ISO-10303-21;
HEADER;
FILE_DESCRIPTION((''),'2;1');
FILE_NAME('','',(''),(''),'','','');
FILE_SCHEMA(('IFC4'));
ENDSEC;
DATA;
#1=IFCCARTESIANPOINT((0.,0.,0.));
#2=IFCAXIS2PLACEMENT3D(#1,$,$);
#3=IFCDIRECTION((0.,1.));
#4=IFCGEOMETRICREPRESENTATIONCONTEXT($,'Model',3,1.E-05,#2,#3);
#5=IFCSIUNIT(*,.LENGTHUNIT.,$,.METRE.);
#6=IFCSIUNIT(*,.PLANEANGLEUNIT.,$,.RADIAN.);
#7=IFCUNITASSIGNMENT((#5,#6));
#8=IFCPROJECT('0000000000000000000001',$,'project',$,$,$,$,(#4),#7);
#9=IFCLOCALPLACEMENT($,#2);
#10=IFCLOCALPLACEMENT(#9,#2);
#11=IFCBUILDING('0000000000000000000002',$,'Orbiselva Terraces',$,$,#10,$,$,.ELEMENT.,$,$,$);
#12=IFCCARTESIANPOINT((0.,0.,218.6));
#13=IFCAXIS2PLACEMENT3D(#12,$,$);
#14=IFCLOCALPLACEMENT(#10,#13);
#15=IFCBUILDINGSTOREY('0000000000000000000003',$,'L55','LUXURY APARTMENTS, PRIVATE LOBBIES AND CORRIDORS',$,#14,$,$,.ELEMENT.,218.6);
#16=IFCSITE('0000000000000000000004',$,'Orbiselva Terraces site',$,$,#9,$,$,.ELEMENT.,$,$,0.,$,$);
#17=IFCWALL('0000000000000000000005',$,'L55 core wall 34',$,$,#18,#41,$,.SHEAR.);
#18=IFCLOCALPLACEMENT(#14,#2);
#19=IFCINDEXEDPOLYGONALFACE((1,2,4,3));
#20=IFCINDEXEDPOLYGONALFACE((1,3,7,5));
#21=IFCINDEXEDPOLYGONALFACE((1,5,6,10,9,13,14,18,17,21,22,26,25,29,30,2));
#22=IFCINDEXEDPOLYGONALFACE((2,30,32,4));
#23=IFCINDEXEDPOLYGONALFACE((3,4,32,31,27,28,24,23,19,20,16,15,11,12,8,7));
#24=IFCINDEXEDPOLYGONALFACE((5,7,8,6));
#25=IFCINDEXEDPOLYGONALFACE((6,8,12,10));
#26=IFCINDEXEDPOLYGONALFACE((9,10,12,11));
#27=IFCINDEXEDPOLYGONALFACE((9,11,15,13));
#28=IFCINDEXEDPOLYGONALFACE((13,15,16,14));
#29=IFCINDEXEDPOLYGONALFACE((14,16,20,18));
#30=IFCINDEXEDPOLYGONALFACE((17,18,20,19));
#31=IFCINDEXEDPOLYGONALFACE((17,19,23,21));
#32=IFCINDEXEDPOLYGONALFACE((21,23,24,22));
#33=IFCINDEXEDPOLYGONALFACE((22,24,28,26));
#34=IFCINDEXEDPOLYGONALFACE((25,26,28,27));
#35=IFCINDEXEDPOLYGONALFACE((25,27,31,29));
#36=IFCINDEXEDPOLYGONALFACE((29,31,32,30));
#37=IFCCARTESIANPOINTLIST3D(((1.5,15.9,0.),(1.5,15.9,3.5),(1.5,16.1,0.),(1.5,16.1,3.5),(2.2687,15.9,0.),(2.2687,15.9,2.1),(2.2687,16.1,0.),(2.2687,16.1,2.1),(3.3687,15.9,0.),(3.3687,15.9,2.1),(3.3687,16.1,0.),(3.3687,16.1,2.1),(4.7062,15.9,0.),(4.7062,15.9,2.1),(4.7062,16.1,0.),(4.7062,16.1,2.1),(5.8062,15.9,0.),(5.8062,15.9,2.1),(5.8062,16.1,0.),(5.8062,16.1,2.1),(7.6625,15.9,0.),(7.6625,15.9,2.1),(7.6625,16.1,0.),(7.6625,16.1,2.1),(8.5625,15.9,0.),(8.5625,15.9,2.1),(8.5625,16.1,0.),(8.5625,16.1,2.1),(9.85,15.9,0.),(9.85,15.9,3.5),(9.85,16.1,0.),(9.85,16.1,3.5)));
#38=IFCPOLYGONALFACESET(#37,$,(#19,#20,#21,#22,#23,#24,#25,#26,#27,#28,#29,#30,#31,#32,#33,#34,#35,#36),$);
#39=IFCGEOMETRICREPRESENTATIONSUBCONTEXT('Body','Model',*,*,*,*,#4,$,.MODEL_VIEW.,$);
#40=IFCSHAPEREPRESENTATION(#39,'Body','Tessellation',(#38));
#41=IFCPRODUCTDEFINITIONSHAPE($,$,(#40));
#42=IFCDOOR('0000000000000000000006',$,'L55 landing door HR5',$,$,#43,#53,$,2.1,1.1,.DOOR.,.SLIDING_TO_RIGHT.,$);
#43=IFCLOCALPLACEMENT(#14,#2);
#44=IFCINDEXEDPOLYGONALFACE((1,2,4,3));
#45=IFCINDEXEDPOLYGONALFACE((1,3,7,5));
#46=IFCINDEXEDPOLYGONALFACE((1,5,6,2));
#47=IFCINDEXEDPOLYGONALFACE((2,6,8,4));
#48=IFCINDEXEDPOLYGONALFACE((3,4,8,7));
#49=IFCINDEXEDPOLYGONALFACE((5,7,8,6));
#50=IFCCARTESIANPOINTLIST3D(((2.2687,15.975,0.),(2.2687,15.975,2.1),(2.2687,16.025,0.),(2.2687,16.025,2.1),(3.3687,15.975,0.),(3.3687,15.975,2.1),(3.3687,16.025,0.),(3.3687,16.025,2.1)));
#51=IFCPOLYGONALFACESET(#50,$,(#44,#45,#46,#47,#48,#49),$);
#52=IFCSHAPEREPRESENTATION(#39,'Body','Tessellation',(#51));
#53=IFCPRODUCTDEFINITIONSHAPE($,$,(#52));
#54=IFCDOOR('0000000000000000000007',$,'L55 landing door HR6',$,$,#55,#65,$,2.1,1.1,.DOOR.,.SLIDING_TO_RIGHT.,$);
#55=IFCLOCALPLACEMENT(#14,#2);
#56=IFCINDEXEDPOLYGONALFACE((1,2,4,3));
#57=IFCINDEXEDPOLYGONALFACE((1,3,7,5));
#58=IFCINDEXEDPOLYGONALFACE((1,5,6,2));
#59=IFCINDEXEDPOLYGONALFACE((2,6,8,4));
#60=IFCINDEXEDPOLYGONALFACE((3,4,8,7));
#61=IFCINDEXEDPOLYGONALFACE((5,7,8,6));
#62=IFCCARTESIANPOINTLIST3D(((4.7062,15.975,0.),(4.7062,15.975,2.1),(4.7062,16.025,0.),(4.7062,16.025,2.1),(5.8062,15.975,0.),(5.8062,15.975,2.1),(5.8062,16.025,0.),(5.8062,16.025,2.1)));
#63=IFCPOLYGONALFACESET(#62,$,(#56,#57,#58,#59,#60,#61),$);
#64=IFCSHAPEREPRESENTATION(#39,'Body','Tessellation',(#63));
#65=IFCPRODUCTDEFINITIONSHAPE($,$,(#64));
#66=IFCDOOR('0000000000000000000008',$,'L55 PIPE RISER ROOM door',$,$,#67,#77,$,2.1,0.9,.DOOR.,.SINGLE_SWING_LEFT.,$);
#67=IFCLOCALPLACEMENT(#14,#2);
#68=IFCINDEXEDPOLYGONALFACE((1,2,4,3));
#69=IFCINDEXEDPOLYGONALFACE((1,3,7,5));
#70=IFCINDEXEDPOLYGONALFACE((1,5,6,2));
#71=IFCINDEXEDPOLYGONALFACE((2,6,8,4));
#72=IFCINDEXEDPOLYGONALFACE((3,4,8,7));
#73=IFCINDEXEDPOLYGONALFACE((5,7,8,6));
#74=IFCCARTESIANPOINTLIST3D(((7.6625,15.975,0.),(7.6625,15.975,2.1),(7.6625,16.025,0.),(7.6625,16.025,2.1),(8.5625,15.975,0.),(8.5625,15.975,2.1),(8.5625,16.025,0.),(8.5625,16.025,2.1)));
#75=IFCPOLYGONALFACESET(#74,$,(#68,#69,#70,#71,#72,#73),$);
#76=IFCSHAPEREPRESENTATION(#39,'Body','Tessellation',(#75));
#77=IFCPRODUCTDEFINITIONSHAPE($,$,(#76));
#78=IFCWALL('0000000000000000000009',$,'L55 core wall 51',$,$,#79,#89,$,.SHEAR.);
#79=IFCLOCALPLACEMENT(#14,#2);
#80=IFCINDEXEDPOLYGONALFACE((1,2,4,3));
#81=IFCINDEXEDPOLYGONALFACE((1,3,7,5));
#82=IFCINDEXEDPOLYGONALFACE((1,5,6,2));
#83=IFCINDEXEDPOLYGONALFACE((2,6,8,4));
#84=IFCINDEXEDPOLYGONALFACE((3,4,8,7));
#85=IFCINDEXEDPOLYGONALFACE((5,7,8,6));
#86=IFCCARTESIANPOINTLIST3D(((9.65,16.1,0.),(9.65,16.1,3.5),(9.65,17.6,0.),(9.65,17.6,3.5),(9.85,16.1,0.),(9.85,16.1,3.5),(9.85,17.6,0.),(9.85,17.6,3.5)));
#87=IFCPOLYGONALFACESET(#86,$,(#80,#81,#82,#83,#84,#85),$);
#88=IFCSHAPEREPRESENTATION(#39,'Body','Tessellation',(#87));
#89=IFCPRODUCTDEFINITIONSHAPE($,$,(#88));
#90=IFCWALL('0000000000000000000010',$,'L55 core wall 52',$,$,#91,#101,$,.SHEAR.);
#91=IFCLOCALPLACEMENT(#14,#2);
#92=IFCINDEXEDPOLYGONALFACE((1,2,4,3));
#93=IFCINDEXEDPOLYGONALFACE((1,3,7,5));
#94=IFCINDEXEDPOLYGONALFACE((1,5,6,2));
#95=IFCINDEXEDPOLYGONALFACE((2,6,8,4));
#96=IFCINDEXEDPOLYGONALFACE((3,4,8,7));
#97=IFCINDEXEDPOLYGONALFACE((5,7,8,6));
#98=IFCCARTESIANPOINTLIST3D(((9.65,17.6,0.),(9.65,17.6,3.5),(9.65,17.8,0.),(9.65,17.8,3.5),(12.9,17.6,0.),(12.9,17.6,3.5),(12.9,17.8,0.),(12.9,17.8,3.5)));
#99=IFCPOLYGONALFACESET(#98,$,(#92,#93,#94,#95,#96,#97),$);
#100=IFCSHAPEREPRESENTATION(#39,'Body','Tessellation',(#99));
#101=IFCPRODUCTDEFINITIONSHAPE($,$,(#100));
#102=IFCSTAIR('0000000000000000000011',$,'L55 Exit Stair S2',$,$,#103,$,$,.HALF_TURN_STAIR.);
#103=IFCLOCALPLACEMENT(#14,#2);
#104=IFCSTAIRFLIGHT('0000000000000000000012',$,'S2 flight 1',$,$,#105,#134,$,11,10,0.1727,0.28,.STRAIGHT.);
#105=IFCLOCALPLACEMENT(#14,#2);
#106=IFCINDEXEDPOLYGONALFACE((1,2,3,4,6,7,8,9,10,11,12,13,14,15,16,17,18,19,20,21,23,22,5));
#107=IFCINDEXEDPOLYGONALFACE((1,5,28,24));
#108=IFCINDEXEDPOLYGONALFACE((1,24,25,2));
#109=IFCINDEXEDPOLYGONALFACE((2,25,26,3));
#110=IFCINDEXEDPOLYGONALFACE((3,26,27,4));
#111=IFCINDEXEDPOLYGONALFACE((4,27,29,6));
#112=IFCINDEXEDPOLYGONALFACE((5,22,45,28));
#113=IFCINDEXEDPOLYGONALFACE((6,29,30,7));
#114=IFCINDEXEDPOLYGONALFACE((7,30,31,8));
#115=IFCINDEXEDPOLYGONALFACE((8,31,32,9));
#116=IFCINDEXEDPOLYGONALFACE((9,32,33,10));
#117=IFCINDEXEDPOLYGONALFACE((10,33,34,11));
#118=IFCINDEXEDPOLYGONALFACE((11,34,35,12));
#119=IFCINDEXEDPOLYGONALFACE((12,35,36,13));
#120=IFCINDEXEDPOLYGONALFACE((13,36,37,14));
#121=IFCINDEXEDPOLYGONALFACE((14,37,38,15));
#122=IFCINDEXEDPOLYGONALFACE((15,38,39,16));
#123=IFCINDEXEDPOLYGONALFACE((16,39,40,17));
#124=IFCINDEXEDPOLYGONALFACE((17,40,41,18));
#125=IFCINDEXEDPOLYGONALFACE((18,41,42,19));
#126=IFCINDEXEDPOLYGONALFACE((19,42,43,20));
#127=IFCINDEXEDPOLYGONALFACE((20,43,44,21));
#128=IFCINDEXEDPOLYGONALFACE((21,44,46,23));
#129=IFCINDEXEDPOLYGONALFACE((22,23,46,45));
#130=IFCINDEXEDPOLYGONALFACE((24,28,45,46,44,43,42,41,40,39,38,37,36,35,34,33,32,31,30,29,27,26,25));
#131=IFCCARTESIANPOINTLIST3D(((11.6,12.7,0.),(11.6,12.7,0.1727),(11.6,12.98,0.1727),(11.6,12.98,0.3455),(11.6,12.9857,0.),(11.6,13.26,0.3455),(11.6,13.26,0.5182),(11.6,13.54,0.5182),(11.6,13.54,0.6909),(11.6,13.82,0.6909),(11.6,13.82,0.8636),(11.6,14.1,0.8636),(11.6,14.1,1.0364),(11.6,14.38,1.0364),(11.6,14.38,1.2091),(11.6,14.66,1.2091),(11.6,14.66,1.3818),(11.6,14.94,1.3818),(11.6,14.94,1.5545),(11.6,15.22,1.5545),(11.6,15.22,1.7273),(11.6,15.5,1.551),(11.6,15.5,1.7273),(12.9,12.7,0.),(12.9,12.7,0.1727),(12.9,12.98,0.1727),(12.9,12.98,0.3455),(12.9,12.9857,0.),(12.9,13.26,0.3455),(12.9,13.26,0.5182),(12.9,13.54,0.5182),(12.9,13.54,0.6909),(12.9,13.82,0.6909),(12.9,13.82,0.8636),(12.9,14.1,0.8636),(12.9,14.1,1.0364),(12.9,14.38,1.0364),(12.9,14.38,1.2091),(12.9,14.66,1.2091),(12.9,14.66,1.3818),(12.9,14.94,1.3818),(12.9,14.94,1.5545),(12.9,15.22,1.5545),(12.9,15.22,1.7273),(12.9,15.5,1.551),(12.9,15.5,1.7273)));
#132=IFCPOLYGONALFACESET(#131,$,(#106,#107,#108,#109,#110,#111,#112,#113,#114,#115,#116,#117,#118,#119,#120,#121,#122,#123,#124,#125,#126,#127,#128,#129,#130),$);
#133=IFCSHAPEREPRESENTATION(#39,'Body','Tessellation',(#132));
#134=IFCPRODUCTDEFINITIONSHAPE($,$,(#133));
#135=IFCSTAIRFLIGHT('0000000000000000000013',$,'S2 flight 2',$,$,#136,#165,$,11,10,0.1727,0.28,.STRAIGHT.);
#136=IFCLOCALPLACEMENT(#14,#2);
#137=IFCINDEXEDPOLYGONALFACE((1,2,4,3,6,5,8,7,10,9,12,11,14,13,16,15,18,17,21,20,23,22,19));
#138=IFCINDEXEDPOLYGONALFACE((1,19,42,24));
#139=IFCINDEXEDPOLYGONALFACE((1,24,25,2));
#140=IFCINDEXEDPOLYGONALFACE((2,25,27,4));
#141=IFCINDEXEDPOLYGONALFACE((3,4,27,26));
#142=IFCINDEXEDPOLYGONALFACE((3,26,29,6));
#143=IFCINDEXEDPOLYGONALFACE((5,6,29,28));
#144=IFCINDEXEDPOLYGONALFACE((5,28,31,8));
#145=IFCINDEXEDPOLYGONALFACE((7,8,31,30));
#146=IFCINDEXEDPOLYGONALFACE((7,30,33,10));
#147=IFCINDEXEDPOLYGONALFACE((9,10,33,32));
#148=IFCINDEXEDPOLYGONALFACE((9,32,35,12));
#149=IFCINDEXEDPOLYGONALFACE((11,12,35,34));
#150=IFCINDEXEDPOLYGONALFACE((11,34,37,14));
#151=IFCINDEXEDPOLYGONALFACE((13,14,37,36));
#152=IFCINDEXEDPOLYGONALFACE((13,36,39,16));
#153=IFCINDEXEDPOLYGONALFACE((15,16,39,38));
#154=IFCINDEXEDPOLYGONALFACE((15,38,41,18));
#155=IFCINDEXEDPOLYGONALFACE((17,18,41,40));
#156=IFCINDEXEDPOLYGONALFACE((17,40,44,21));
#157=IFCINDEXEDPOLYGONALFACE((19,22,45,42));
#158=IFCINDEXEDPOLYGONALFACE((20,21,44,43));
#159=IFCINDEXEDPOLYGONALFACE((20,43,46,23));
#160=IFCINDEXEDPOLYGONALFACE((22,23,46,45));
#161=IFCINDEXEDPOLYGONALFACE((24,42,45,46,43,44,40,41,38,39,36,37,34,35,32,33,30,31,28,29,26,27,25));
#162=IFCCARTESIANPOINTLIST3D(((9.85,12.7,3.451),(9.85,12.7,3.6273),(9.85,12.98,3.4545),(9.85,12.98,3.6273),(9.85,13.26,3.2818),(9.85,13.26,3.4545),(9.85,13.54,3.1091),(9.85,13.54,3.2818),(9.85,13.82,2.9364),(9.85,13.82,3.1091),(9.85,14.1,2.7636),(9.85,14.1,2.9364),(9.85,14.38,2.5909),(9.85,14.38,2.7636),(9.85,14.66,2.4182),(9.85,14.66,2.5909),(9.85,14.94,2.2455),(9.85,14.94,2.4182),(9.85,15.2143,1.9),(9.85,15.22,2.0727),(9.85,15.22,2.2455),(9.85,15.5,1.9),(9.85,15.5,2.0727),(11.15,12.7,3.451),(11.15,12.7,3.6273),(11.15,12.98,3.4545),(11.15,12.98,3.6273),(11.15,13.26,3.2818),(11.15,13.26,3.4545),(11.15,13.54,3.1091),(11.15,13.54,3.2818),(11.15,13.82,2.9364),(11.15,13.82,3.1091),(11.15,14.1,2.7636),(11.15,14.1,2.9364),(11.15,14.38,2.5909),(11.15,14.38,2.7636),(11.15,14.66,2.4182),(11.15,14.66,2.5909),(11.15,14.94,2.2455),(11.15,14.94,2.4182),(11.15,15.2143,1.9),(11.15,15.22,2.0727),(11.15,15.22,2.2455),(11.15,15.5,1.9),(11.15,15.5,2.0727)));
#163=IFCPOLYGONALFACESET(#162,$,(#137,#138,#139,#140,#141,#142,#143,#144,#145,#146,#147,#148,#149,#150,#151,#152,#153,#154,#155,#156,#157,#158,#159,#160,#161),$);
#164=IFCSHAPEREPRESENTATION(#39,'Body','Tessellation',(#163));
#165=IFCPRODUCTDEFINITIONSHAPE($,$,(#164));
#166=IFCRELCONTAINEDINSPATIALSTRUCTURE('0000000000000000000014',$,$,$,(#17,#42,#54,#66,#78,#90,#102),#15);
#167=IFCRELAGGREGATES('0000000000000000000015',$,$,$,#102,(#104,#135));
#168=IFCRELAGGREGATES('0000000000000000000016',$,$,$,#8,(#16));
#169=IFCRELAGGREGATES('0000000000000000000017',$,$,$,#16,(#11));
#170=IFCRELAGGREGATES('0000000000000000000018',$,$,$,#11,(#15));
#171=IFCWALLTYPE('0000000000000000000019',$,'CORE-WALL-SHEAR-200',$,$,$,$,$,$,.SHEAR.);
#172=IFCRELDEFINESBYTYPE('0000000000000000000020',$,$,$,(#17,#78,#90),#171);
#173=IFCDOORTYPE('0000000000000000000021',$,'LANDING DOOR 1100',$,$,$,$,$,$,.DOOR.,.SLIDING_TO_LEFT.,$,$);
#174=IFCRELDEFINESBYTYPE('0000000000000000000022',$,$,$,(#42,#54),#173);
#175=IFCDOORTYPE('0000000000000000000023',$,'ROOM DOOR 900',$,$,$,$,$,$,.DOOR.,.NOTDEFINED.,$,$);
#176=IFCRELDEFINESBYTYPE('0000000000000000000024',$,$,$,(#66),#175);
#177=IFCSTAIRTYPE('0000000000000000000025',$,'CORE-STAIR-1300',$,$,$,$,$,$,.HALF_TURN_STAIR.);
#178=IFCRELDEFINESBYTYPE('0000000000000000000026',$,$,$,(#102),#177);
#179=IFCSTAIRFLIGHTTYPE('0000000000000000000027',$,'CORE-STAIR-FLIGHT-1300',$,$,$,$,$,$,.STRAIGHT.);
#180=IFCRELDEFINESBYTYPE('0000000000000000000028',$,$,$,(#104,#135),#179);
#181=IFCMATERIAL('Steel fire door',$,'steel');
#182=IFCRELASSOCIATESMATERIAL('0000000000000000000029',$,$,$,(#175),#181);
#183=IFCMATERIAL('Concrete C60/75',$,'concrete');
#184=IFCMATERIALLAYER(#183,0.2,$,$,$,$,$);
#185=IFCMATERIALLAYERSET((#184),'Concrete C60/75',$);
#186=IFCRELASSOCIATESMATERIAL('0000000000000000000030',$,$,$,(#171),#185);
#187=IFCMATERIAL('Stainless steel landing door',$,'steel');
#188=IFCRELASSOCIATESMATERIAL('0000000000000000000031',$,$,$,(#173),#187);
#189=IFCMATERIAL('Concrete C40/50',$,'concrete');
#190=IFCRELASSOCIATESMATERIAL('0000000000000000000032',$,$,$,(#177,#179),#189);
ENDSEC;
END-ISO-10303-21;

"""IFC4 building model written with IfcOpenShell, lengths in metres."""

from ifc_helpers import new_model, si_unit, direction, frame, frame_2d, origin, place, context, subcontext, project, spatial, polyline, rectangle, outline, extrude, material, layer, layer_set, type_object, element, fill, aggregate, save


model = new_model("IFC4")

# Units and contexts
model_context = context("Model", 3, precision=1e-05, world=origin(), true_north=direction((0.0, 1.0)))
body_context = subcontext(model_context, "Body", "Model", "MODEL_VIEW")
ifc_project = project(units=[si_unit("LENGTHUNIT", "METRE"), si_unit("PLANEANGLEUNIT", "RADIAN")], contexts=[model_context])

# Site, building, storey
site_placement = place(None, origin())
site = spatial("IfcSite", under=ifc_project, at=site_placement, Name="Orbiselva Terraces site", CompositionType="ELEMENT", RefElevation=0.0)
building_placement = place(site_placement, origin())
building = spatial("IfcBuilding", under=site, at=building_placement, Name="Orbiselva Terraces", CompositionType="ELEMENT")
storey_placement = place(building_placement, frame((0.0, 0.0, 218.6)))
storey = spatial("IfcBuildingStorey", under=building, at=storey_placement, Name="L55", Description="LUXURY APARTMENTS, PRIVATE LOBBIES AND CORRIDORS", CompositionType="ELEMENT", Elevation=218.6)

# Shared definitions
ifc_material_1 = material(Name="Steel fire door", Category="steel")
door_type_1 = type_object("IfcDoorType", Name="ROOM DOOR 900", OperationType="NOTDEFINED", PredefinedType="DOOR", material=ifc_material_1)

# Shared definitions
ifc_material_2 = material(Name="Concrete C40/50", Category="concrete")
ifc_material_3 = material(Name="Concrete C60/75", Category="concrete")
ifc_layer_1 = layer(ifc_material_3, 0.2)
ifc_layer_set_1 = layer_set([ifc_layer_1], Name="Concrete C60/75")
wall_type_1 = type_object("IfcWallType", Name="CORE-WALL-SHEAR-200", PredefinedType="SHEAR", material=ifc_layer_set_1)

# Wall, openings, doors
wall_1_placement = place(storey_placement, frame((9.85, 16.0, 0.0), z_axis=(0.0, 0.0, 1.0), x_axis=(-1.0, 0.0, 0.0)))
wall_1 = element("IfcWall", 1, at=wall_1_placement, inside=storey, type_object=wall_type_1, Name="L55 core wall 34", PredefinedType="SHEAR", context=body_context, shape_type="SweptSolid", body=[
    extrude(rectangle(XDim=8.35, YDim=0.2, at=frame_2d((4.175, 0.0))), origin(), (0.0, 0.0, 1.0), 3.5),
])
opening_1_placement = place(wall_1_placement, frame((6.4813, 0.0, 0.0)))
opening_1 = element("IfcOpeningElement", 2, at=opening_1_placement, cuts=wall_1, PredefinedType="OPENING", context=body_context, shape_type="SweptSolid", body=[
    extrude(rectangle(XDim=1.1, YDim=2.1, at=frame_2d((0.55, 1.05))), frame((0.0, 0.11, 0.0), z_axis=(0.0, -1.0, 0.0), x_axis=(1.0, 0.0, 0.0)), (0.0, 0.0, 1.0), 0.22),
])
opening_2_placement = place(wall_1_placement, frame((4.0438, 0.0, 0.0)))
opening_2 = element("IfcOpeningElement", 3, at=opening_2_placement, cuts=wall_1, PredefinedType="OPENING", context=body_context, shape_type="SweptSolid", body=[
    extrude(rectangle(XDim=1.1, YDim=2.1, at=frame_2d((0.55, 1.05))), frame((0.0, 0.11, 0.0), z_axis=(0.0, -1.0, 0.0), x_axis=(1.0, 0.0, 0.0)), (0.0, 0.0, 1.0), 0.22),
])
opening_3_placement = place(wall_1_placement, frame((1.2875, 0.0, 0.0)))
opening_3 = element("IfcOpeningElement", 4, at=opening_3_placement, cuts=wall_1, PredefinedType="OPENING", context=body_context, shape_type="SweptSolid", body=[
    extrude(rectangle(XDim=0.9, YDim=2.1, at=frame_2d((0.45, 1.05))), frame((0.0, 0.11, 0.0), z_axis=(0.0, -1.0, 0.0), x_axis=(1.0, 0.0, 0.0)), (0.0, 0.0, 1.0), 0.22),
])
ifc_material_4 = material(Name="Stainless steel landing door", Category="steel")
door_type_2 = type_object("IfcDoorType", Name="LANDING DOOR 1100", OperationType="SLIDING_TO_LEFT", PredefinedType="DOOR", material=ifc_material_4)
door_1_placement = place(opening_1_placement, origin())
door_1 = element("IfcDoor", 5, at=door_1_placement, inside=storey, type_object=door_type_2, Name="L55 landing door HR5", OperationType="SLIDING_TO_RIGHT", OverallHeight=2.1, OverallWidth=1.1, PredefinedType="DOOR", context=body_context, shape_type="SweptSolid", body=[
    extrude(rectangle(XDim=1.1, YDim=2.1, at=frame_2d((0.55, 1.05))), frame((0.0, 0.025, 0.0), z_axis=(0.0, -1.0, 0.0), x_axis=(1.0, 0.0, 0.0)), (0.0, 0.0, 1.0), 0.05),
])
fill(opening_1, door_1)
door_2_placement = place(opening_2_placement, origin())
door_2 = element("IfcDoor", 6, at=door_2_placement, inside=storey, type_object=door_type_2, Name="L55 landing door HR6", OperationType="SLIDING_TO_RIGHT", OverallHeight=2.1, OverallWidth=1.1, PredefinedType="DOOR", context=body_context, shape_type="SweptSolid", body=[
    extrude(rectangle(XDim=1.1, YDim=2.1, at=frame_2d((0.55, 1.05))), frame((0.0, 0.025, 0.0), z_axis=(0.0, -1.0, 0.0), x_axis=(1.0, 0.0, 0.0)), (0.0, 0.0, 1.0), 0.05),
])
fill(opening_2, door_2)
door_3_placement = place(opening_3_placement, origin())
door_3 = element("IfcDoor", 7, at=door_3_placement, inside=storey, type_object=door_type_1, Name="L55 PIPE RISER ROOM door", OperationType="SINGLE_SWING_LEFT", OverallHeight=2.1, OverallWidth=0.9, PredefinedType="DOOR", context=body_context, shape_type="SweptSolid", body=[
    extrude(rectangle(XDim=0.9, YDim=2.1, at=frame_2d((0.45, 1.05))), frame((0.0, 0.025, 0.0), z_axis=(0.0, -1.0, 0.0), x_axis=(1.0, 0.0, 0.0)), (0.0, 0.0, 1.0), 0.05),
])
fill(opening_3, door_3)

# Walls
wall_2_placement = place(storey_placement, frame((9.75, 16.1, 0.0), z_axis=(0.0, 0.0, 1.0), x_axis=(0.0, 1.0, 0.0)))
element("IfcWall", 8, at=wall_2_placement, inside=storey, type_object=wall_type_1, Name="L55 core wall 51", PredefinedType="SHEAR", context=body_context, shape_type="SweptSolid", body=[
    extrude(rectangle(XDim=1.5, YDim=0.2, at=frame_2d((0.75, 0.0))), origin(), (0.0, 0.0, 1.0), 3.5),
])
wall_3_placement = place(storey_placement, frame((9.65, 17.7, 0.0), z_axis=(0.0, 0.0, 1.0), x_axis=(1.0, 0.0, 0.0)))
element("IfcWall", 9, at=wall_3_placement, inside=storey, type_object=wall_type_1, Name="L55 core wall 52", PredefinedType="SHEAR", context=body_context, shape_type="SweptSolid", body=[
    extrude(rectangle(XDim=3.25, YDim=0.2, at=frame_2d((1.625, 0.0))), origin(), (0.0, 0.0, 1.0), 3.5),
])

# Stair, stair flights
stair_type = type_object("IfcStairType", Name="CORE-STAIR-1300", PredefinedType="HALF_TURN_STAIR", material=ifc_material_2)
stair_placement = place(storey_placement, origin())
stair = element("IfcStair", 10, at=stair_placement, inside=storey, type_object=stair_type, Name="L55 Exit Stair S2", PredefinedType="HALF_TURN_STAIR")
stair_flight_type = type_object("IfcStairFlightType", Name="CORE-STAIR-FLIGHT-1300", PredefinedType="STRAIGHT", material=ifc_material_2)
stair_flight_1_placement = place(storey_placement, frame((12.25, 12.7, 0.0), z_axis=(0.0, 0.0, 1.0), x_axis=(0.0, 1.0, 0.0)))
stair_flight_1 = element("IfcStairFlight", 11, at=stair_flight_1_placement, type_object=stair_flight_type, Name="S2 flight 1", NumberOfRisers=11, NumberOfTreads=10, PredefinedType="STRAIGHT", RiserHeight=0.1727, TreadLength=0.28, context=body_context, shape_type="SweptSolid", body=[
    extrude(outline(polyline([(0.0, 0.0), (0.0, 0.1727), (0.28, 0.1727), (0.28, 0.3455), (0.56, 0.3455), (0.56, 0.5182), (0.84, 0.5182), (0.84, 0.6909), (1.12, 0.6909), (1.12, 0.8636), (1.4, 0.8636), (1.4, 1.0364), (1.68, 1.0364), (1.68, 1.2091), (1.96, 1.2091), (1.96, 1.3818), (2.24, 1.3818), (2.24, 1.5545), (2.52, 1.5545), (2.52, 1.7273), (2.8, 1.7273), (2.8, 1.9), (2.8, 1.551), (0.2857, 0.0), (0.0, 0.0)])), frame((0.0, 0.65, 0.0), z_axis=(0.0, -1.0, 0.0), x_axis=(1.0, 0.0, 0.0)), (0.0, 0.0, 1.0), 1.3),
])
stair_flight_2_placement = place(storey_placement, frame((10.5, 15.5, 1.9), z_axis=(0.0, 0.0, 1.0), x_axis=(0.0, -1.0, 0.0)))
stair_flight_2 = element("IfcStairFlight", 12, at=stair_flight_2_placement, type_object=stair_flight_type, Name="S2 flight 2", NumberOfRisers=11, NumberOfTreads=10, PredefinedType="STRAIGHT", RiserHeight=0.1727, TreadLength=0.28, context=body_context, shape_type="SweptSolid", body=[
    extrude(outline(polyline([(0.0, 0.0), (0.0, 0.1727), (0.28, 0.1727), (0.28, 0.3455), (0.56, 0.3455), (0.56, 0.5182), (0.84, 0.5182), (0.84, 0.6909), (1.12, 0.6909), (1.12, 0.8636), (1.4, 0.8636), (1.4, 1.0364), (1.68, 1.0364), (1.68, 1.2091), (1.96, 1.2091), (1.96, 1.3818), (2.24, 1.3818), (2.24, 1.5545), (2.52, 1.5545), (2.52, 1.7273), (2.8, 1.7273), (2.8, 1.9), (2.8, 1.551), (0.2857, 0.0), (0.0, 0.0)])), frame((0.0, 0.65, 0.0), z_axis=(0.0, -1.0, 0.0), x_axis=(1.0, 0.0, 0.0)), (0.0, 0.0, 1.0), 1.3),
])
aggregate(stair, [stair_flight_1, stair_flight_2])

save(model, "model.ifc")
